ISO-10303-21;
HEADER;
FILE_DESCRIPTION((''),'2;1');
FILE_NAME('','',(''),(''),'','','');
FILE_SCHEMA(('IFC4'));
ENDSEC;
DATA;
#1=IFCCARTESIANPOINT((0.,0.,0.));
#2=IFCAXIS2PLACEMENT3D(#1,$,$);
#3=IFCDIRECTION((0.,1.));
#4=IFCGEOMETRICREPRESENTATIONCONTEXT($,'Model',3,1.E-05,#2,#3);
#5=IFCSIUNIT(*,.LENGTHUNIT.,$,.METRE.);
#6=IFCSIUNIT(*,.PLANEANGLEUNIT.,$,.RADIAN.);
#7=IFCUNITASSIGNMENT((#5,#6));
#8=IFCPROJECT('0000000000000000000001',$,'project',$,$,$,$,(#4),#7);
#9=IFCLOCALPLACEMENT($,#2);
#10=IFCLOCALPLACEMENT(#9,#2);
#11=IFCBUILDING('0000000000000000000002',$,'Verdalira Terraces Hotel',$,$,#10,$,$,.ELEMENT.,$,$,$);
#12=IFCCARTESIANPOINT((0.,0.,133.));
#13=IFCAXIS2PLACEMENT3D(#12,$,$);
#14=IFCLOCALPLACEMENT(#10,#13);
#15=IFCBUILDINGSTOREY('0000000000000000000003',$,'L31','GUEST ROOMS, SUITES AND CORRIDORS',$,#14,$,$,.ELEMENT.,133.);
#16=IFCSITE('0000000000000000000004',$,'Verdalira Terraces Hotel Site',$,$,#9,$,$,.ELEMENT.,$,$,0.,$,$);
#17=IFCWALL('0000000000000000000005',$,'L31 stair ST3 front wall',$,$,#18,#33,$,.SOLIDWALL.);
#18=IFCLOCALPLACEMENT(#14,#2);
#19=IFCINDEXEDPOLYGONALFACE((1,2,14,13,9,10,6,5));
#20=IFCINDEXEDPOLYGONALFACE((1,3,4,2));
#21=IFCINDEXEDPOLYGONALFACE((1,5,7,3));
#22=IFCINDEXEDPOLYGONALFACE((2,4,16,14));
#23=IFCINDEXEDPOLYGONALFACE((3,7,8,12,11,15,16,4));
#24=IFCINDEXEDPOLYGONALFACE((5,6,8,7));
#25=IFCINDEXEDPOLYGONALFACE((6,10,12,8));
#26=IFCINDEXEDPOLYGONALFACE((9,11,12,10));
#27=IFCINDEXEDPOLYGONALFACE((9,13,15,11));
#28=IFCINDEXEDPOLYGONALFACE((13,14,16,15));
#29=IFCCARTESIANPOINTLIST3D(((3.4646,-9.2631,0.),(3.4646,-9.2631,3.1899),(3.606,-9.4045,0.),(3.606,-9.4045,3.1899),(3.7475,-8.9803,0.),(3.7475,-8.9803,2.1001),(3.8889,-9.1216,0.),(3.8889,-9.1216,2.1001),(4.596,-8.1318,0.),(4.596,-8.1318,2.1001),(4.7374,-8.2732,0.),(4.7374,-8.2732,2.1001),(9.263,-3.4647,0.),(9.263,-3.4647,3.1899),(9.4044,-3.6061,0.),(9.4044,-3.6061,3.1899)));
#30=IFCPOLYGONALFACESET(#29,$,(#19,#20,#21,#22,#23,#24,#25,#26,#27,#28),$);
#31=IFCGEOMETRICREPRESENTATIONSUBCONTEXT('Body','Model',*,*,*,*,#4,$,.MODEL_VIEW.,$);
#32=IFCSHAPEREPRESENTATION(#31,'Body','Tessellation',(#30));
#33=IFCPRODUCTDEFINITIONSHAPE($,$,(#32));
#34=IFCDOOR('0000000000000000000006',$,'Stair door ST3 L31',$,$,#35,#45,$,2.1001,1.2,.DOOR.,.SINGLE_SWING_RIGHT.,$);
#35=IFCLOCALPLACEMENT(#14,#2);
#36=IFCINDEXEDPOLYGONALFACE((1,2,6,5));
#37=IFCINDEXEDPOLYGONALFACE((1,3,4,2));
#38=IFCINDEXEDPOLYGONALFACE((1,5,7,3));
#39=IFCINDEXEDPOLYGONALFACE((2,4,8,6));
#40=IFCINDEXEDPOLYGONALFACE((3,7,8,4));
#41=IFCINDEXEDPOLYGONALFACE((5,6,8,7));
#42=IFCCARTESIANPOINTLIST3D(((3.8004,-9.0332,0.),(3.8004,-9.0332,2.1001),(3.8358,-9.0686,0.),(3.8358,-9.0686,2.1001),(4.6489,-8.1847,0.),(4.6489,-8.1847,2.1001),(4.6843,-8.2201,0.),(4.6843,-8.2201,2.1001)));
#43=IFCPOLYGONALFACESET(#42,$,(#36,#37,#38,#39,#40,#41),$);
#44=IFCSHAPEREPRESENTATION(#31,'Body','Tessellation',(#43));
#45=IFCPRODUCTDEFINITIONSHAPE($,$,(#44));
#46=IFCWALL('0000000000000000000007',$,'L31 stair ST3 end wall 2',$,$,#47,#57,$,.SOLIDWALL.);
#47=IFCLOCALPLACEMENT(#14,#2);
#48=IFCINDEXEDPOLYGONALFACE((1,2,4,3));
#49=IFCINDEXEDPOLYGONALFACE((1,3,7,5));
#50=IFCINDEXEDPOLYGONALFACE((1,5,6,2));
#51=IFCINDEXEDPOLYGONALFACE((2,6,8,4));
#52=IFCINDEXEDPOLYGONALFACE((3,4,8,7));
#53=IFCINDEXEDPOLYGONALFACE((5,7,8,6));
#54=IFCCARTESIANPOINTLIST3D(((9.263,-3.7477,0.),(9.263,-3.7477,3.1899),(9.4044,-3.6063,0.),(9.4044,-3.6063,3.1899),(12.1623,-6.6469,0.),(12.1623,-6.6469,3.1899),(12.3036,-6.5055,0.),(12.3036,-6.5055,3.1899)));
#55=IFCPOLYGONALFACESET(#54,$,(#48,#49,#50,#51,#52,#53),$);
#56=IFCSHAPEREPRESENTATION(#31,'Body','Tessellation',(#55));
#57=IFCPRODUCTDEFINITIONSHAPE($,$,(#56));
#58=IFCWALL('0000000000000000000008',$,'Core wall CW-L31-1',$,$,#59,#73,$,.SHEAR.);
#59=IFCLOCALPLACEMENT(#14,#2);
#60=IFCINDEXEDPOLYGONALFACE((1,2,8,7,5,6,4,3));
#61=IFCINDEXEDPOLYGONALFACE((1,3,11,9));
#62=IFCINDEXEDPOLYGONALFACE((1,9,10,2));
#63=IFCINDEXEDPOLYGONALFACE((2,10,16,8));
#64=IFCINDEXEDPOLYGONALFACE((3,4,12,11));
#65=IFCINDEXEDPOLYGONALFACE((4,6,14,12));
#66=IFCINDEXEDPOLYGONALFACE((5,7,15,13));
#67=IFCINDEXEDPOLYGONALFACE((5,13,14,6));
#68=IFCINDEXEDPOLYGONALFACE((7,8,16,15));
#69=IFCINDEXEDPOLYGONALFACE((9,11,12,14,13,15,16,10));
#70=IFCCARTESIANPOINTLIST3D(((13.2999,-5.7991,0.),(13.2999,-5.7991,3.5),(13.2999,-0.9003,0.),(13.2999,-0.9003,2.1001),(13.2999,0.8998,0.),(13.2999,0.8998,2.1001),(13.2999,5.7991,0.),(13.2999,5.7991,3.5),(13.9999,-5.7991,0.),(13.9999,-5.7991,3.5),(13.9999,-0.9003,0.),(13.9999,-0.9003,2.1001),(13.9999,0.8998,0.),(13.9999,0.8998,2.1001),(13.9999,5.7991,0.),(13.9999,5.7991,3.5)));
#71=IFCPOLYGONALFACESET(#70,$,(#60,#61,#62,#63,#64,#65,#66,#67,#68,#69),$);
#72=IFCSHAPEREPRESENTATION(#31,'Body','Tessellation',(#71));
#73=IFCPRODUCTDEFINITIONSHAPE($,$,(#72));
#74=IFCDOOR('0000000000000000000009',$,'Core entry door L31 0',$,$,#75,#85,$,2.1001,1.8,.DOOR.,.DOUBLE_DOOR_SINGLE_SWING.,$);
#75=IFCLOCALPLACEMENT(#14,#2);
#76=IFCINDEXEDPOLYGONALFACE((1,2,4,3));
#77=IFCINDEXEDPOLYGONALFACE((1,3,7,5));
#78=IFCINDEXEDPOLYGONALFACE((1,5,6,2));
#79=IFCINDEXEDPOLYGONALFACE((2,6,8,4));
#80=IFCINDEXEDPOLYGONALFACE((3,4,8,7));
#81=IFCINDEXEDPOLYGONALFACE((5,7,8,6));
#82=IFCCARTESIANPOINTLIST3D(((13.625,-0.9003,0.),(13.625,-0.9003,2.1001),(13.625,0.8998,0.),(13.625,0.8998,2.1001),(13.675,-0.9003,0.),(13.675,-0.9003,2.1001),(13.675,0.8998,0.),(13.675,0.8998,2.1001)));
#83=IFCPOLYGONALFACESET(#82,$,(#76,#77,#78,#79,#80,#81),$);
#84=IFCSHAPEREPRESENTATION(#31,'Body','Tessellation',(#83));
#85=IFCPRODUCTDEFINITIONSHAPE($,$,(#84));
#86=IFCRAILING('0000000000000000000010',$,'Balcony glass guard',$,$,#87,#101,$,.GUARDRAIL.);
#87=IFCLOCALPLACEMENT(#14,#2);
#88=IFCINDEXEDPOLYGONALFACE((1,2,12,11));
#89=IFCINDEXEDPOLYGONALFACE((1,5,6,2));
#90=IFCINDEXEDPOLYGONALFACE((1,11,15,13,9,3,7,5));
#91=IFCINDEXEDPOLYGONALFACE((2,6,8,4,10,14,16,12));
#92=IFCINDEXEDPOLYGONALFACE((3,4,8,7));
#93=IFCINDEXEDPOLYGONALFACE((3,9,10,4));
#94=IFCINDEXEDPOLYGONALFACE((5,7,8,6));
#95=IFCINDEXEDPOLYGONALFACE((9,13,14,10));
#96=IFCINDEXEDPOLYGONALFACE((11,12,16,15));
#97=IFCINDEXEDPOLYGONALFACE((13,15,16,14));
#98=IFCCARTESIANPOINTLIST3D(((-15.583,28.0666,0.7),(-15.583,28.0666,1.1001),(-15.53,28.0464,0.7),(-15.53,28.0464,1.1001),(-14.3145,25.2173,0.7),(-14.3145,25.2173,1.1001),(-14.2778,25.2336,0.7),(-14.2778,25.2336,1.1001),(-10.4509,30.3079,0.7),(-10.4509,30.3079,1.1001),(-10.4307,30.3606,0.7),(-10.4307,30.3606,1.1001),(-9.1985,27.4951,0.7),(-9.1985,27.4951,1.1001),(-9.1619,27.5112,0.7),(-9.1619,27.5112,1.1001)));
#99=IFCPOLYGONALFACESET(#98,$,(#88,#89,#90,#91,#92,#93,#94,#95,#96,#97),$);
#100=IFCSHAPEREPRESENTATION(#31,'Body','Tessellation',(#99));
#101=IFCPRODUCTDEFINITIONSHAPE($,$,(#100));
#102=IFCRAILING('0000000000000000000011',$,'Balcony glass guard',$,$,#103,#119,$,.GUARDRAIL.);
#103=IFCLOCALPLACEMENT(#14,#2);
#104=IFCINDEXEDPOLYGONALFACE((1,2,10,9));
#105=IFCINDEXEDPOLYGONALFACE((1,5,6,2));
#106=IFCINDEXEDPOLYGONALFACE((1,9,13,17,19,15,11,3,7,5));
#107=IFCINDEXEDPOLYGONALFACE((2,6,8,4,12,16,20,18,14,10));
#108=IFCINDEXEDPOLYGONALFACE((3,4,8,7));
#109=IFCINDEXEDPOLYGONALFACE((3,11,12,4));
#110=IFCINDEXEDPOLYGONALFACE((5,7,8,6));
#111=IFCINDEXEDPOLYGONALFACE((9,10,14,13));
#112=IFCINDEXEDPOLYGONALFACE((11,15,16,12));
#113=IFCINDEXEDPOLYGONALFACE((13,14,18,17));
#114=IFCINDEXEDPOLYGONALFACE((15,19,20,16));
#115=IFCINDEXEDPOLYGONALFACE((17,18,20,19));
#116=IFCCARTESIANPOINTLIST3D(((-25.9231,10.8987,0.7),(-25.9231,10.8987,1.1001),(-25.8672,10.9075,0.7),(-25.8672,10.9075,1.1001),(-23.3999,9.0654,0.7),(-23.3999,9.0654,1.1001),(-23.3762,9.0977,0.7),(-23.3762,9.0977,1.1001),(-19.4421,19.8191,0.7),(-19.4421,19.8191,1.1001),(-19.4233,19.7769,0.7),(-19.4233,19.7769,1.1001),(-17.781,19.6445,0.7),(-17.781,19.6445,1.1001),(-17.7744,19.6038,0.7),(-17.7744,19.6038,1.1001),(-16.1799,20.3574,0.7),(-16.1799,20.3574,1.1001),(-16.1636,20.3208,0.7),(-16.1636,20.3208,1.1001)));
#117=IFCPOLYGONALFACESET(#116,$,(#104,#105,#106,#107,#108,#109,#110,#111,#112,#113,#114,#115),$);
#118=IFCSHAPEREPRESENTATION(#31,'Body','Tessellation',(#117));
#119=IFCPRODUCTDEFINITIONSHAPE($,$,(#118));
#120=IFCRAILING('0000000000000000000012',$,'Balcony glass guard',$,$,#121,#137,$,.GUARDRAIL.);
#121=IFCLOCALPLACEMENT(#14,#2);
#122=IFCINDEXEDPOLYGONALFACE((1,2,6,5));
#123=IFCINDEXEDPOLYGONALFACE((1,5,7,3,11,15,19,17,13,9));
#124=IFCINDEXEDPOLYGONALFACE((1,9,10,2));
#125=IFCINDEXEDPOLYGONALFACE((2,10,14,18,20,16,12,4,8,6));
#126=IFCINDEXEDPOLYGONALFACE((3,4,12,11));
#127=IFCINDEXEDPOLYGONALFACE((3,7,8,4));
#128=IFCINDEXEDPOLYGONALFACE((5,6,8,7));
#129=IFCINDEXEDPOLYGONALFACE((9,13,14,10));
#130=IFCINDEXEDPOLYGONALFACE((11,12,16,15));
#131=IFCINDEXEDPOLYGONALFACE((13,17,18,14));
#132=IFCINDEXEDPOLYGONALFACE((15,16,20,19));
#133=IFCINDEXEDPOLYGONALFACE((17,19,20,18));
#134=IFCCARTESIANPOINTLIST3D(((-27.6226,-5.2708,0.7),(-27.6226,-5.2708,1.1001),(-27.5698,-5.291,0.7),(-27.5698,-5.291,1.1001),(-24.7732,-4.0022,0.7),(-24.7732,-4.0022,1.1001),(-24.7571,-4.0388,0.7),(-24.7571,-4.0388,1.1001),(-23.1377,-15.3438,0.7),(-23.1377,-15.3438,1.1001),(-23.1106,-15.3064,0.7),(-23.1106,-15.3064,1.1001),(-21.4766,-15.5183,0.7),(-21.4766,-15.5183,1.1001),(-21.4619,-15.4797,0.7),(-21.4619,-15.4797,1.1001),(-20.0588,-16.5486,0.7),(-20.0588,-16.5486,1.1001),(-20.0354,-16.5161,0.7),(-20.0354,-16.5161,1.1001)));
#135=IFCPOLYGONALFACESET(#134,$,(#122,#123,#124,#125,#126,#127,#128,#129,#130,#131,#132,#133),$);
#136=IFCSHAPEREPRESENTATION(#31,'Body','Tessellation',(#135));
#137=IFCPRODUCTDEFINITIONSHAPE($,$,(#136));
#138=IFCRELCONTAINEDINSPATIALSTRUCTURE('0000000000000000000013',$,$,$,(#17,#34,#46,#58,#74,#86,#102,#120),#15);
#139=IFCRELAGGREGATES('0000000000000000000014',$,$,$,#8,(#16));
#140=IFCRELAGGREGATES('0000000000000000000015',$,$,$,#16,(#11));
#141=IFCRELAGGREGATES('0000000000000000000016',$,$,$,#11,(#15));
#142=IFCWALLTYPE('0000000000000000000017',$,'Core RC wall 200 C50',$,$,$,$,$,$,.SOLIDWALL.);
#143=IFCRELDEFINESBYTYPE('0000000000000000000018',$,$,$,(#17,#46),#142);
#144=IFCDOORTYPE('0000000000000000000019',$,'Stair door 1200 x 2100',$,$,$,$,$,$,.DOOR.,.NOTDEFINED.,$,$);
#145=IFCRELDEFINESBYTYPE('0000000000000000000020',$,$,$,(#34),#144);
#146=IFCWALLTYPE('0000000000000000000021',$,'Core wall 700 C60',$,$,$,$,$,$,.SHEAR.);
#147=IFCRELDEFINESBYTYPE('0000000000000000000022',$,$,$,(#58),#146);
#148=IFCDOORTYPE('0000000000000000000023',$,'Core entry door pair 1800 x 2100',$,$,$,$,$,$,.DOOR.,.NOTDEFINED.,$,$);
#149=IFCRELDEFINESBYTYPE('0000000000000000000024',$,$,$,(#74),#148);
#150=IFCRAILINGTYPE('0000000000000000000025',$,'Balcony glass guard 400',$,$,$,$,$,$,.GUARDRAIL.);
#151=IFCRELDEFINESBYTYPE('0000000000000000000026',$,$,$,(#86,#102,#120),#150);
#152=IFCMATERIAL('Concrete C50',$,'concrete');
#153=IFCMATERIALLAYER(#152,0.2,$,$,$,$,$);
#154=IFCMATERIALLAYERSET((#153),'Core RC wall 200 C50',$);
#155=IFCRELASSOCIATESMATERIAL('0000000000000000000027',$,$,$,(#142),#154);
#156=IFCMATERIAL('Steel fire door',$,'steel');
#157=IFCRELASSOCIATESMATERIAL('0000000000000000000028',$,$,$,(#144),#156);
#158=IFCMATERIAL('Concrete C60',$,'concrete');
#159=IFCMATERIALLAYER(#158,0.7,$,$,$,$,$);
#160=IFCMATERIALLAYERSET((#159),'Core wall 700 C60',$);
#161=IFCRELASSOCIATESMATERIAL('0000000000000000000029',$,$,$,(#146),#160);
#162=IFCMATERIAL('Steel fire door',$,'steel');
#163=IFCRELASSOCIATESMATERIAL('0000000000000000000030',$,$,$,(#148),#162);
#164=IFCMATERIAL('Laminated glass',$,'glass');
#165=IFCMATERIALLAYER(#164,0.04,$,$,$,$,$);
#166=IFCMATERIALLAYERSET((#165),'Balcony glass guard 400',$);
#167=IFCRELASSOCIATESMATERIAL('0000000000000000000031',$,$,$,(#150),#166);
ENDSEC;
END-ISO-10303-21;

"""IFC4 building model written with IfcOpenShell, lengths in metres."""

from ifc_helpers import new_model, si_unit, direction, frame, frame_2d, origin, place, context, subcontext, project, spatial, polyline, rectangle, outline, extrude, material, layer, layer_set, type_object, element, fill, save


model = new_model("IFC4")

# Units and contexts
model_context = context("Model", 3, precision=1e-05, world=origin(), true_north=direction((0.0, 1.0)))
body_context = subcontext(model_context, "Body", "Model", "MODEL_VIEW")
ifc_project = project(units=[si_unit("LENGTHUNIT", "METRE"), si_unit("PLANEANGLEUNIT", "RADIAN")], contexts=[model_context])

# Site, building, storey
site_placement = place(None, origin())
site = spatial("IfcSite", under=ifc_project, at=site_placement, Name="Verdalira Terraces Hotel Site", CompositionType="ELEMENT", RefElevation=0.0)
building_placement = place(site_placement, origin())
building = spatial("IfcBuilding", under=site, at=building_placement, Name="Verdalira Terraces Hotel", CompositionType="ELEMENT")
storey_placement = place(building_placement, frame((0.0, 0.0, 133.0)))
storey = spatial("IfcBuildingStorey", under=building, at=storey_placement, Name="L31", Description="GUEST ROOMS, SUITES AND CORRIDORS", CompositionType="ELEMENT", Elevation=133.0)

# Wall, opening, door
ifc_material_1 = material(Name="Concrete C50", Category="concrete")
ifc_layer_1 = layer(ifc_material_1, 0.2)
ifc_layer_set_1 = layer_set([ifc_layer_1], Name="Core RC wall 200 C50")
wall_type_1 = type_object("IfcWallType", Name="Core RC wall 200 C50", PredefinedType="SOLIDWALL", material=ifc_layer_set_1)
wall_1_placement = place(storey_placement, frame((9.3337, -3.5354, 0.0), z_axis=(0.0, 0.0, 1.0), x_axis=(-0.707107, -0.707107, 0.0)))
wall_1 = element("IfcWall", 1, at=wall_1_placement, inside=storey, type_object=wall_type_1, Name="L31 stair ST3 front wall", PredefinedType="SOLIDWALL", context=body_context, shape_type="SweptSolid", body=[
    extrude(rectangle(XDim=8.2002, YDim=0.2, at=frame_2d((4.1001, 0.0))), origin(), (0.0, 0.0, 1.0), 3.1899),
])
opening_1_placement = place(wall_1_placement, frame((6.6001, 0.0, 0.0)))
opening_1 = element("IfcOpeningElement", 2, at=opening_1_placement, cuts=wall_1, PredefinedType="OPENING", context=body_context, shape_type="SweptSolid", body=[
    extrude(rectangle(XDim=1.2, YDim=2.1001, at=frame_2d((0.6001, 1.05))), frame((0.0, 0.1099, 0.0), z_axis=(0.0, -1.0, 0.0), x_axis=(1.0, 0.0, 0.0)), (0.0, 0.0, 1.0), 0.22),
])
ifc_material_2 = material(Name="Steel fire door", Category="steel")
door_type_1 = type_object("IfcDoorType", Name="Stair door 1200 x 2100", OperationType="NOTDEFINED", PredefinedType="DOOR", material=ifc_material_2)
door_1_placement = place(opening_1_placement, origin())
door_1 = element("IfcDoor", 3, at=door_1_placement, inside=storey, type_object=door_type_1, Name="Stair door ST3 L31", OperationType="SINGLE_SWING_RIGHT", OverallHeight=2.1001, OverallWidth=1.2, PredefinedType="DOOR", context=body_context, shape_type="SweptSolid", body=[
    extrude(rectangle(XDim=1.2, YDim=2.1001, at=frame_2d((0.6001, 1.05))), frame((0.0, 0.0249, 0.0), z_axis=(0.0, -1.0, 0.0), x_axis=(1.0, 0.0, 0.0)), (0.0, 0.0, 1.0), 0.05),
])
fill(opening_1, door_1)

# Wall
wall_2_placement = place(storey_placement, frame((9.3337, -3.677, 0.0), z_axis=(0.0, 0.0, 1.0), x_axis=(0.707107, -0.707107, 0.0)))
element("IfcWall", 4, at=wall_2_placement, inside=storey, type_object=wall_type_1, Name="L31 stair ST3 end wall 2", PredefinedType="SOLIDWALL", context=body_context, shape_type="SweptSolid", body=[
    extrude(rectangle(XDim=4.1001, YDim=0.2, at=frame_2d((2.05, 0.0))), origin(), (0.0, 0.0, 1.0), 3.1899),
])

# Wall, opening, door
ifc_material_3 = material(Name="Concrete C60", Category="concrete")
ifc_layer_2 = layer(ifc_material_3, 0.7)
ifc_layer_set_2 = layer_set([ifc_layer_2], Name="Core wall 700 C60")
wall_type_2 = type_object("IfcWallType", Name="Core wall 700 C60", PredefinedType="SHEAR", material=ifc_layer_set_2)
wall_3_placement = place(storey_placement, frame((13.6499, -5.7991, 0.0), z_axis=(0.0, 0.0, 1.0), x_axis=(0.0, 1.0, 0.0)))
wall_3 = element("IfcWall", 5, at=wall_3_placement, inside=storey, type_object=wall_type_2, Name="Core wall CW-L31-1", PredefinedType="SHEAR", context=body_context, shape_type="SweptSolid", body=[
    extrude(rectangle(XDim=11.5981, YDim=0.7, at=frame_2d((5.7991, 0.0))), origin(), (0.0, 0.0, 1.0), 3.5),
])
opening_2_placement = place(wall_3_placement, frame((4.8989, 0.0, 0.0)))
opening_2 = element("IfcOpeningElement", 6, at=opening_2_placement, cuts=wall_3, PredefinedType="OPENING", context=body_context, shape_type="SweptSolid", body=[
    extrude(rectangle(XDim=1.8, YDim=2.1001, at=frame_2d((0.8999, 1.05))), frame((0.0, 0.3599, 0.0), z_axis=(0.0, -1.0, 0.0), x_axis=(1.0, 0.0, 0.0)), (0.0, 0.0, 1.0), 0.72),
])
ifc_material_4 = material(Name="Steel fire door", Category="steel")
door_type_2 = type_object("IfcDoorType", Name="Core entry door pair 1800 x 2100", OperationType="NOTDEFINED", PredefinedType="DOOR", material=ifc_material_4)
door_2_placement = place(opening_2_placement, origin())
door_2 = element("IfcDoor", 7, at=door_2_placement, inside=storey, type_object=door_type_2, Name="Core entry door L31 0", OperationType="DOUBLE_DOOR_SINGLE_SWING", OverallHeight=2.1001, OverallWidth=1.8, PredefinedType="DOOR", context=body_context, shape_type="SweptSolid", body=[
    extrude(rectangle(XDim=1.8, YDim=2.1001, at=frame_2d((0.8999, 1.05))), frame((0.0, 0.0249, 0.0), z_axis=(0.0, -1.0, 0.0), x_axis=(1.0, 0.0, 0.0)), (0.0, 0.0, 1.0), 0.05),
])
fill(opening_2, door_2)

# Railings
ifc_material_5 = material(Name="Laminated glass", Category="glass")
ifc_layer_3 = layer(ifc_material_5, 0.04)
ifc_layer_set_3 = layer_set([ifc_layer_3], Name="Balcony glass guard 400")
railing_type = type_object("IfcRailingType", Name="Balcony glass guard 400", PredefinedType="GUARDRAIL", material=ifc_layer_set_3)
railing_1_placement = place(storey_placement, frame((0.0, 0.0, 0.7)))
element("IfcRailing", 8, at=railing_1_placement, inside=storey, type_object=railing_type, Name="Balcony glass guard", PredefinedType="GUARDRAIL", context=body_context, shape_type="SweptSolid", body=[
    extrude(outline(polyline([(-10.4509, 30.3079), (-15.53, 28.0464), (-14.2778, 25.2336), (-14.3145, 25.2173), (-15.583, 28.0666), (-10.4307, 30.3606), (-9.1619, 27.5112), (-9.1985, 27.4951), (-10.4509, 30.3079)])), origin(), (0.0, 0.0, 1.0), 0.4001),
])
railing_2_placement = place(storey_placement, frame((0.0, 0.0, 0.7)))
element("IfcRailing", 9, at=railing_2_placement, inside=storey, type_object=railing_type, Name="Balcony glass guard", PredefinedType="GUARDRAIL", context=body_context, shape_type="SweptSolid", body=[
    extrude(outline(polyline([(-17.7744, 19.6038), (-19.4233, 19.7769), (-25.8672, 10.9075), (-23.3762, 9.0977), (-23.3999, 9.0654), (-25.9231, 10.8987), (-19.4421, 19.8191), (-17.781, 19.6445), (-16.1799, 20.3574), (-16.1636, 20.3208), (-17.7744, 19.6038)])), origin(), (0.0, 0.0, 1.0), 0.4001),
])
railing_3_placement = place(storey_placement, frame((0.0, 0.0, 0.7)))
element("IfcRailing", 10, at=railing_3_placement, inside=storey, type_object=railing_type, Name="Balcony glass guard", PredefinedType="GUARDRAIL", context=body_context, shape_type="SweptSolid", body=[
    extrude(outline(polyline([(-27.5698, -5.291), (-23.1106, -15.3064), (-21.4619, -15.4797), (-20.0354, -16.5161), (-20.0588, -16.5486), (-21.4766, -15.5183), (-23.1377, -15.3438), (-27.6226, -5.2708), (-24.7732, -4.0022), (-24.7571, -4.0388), (-27.5698, -5.291)])), origin(), (0.0, 0.0, 1.0), 0.4001),
])

save(model, "model.ifc")
